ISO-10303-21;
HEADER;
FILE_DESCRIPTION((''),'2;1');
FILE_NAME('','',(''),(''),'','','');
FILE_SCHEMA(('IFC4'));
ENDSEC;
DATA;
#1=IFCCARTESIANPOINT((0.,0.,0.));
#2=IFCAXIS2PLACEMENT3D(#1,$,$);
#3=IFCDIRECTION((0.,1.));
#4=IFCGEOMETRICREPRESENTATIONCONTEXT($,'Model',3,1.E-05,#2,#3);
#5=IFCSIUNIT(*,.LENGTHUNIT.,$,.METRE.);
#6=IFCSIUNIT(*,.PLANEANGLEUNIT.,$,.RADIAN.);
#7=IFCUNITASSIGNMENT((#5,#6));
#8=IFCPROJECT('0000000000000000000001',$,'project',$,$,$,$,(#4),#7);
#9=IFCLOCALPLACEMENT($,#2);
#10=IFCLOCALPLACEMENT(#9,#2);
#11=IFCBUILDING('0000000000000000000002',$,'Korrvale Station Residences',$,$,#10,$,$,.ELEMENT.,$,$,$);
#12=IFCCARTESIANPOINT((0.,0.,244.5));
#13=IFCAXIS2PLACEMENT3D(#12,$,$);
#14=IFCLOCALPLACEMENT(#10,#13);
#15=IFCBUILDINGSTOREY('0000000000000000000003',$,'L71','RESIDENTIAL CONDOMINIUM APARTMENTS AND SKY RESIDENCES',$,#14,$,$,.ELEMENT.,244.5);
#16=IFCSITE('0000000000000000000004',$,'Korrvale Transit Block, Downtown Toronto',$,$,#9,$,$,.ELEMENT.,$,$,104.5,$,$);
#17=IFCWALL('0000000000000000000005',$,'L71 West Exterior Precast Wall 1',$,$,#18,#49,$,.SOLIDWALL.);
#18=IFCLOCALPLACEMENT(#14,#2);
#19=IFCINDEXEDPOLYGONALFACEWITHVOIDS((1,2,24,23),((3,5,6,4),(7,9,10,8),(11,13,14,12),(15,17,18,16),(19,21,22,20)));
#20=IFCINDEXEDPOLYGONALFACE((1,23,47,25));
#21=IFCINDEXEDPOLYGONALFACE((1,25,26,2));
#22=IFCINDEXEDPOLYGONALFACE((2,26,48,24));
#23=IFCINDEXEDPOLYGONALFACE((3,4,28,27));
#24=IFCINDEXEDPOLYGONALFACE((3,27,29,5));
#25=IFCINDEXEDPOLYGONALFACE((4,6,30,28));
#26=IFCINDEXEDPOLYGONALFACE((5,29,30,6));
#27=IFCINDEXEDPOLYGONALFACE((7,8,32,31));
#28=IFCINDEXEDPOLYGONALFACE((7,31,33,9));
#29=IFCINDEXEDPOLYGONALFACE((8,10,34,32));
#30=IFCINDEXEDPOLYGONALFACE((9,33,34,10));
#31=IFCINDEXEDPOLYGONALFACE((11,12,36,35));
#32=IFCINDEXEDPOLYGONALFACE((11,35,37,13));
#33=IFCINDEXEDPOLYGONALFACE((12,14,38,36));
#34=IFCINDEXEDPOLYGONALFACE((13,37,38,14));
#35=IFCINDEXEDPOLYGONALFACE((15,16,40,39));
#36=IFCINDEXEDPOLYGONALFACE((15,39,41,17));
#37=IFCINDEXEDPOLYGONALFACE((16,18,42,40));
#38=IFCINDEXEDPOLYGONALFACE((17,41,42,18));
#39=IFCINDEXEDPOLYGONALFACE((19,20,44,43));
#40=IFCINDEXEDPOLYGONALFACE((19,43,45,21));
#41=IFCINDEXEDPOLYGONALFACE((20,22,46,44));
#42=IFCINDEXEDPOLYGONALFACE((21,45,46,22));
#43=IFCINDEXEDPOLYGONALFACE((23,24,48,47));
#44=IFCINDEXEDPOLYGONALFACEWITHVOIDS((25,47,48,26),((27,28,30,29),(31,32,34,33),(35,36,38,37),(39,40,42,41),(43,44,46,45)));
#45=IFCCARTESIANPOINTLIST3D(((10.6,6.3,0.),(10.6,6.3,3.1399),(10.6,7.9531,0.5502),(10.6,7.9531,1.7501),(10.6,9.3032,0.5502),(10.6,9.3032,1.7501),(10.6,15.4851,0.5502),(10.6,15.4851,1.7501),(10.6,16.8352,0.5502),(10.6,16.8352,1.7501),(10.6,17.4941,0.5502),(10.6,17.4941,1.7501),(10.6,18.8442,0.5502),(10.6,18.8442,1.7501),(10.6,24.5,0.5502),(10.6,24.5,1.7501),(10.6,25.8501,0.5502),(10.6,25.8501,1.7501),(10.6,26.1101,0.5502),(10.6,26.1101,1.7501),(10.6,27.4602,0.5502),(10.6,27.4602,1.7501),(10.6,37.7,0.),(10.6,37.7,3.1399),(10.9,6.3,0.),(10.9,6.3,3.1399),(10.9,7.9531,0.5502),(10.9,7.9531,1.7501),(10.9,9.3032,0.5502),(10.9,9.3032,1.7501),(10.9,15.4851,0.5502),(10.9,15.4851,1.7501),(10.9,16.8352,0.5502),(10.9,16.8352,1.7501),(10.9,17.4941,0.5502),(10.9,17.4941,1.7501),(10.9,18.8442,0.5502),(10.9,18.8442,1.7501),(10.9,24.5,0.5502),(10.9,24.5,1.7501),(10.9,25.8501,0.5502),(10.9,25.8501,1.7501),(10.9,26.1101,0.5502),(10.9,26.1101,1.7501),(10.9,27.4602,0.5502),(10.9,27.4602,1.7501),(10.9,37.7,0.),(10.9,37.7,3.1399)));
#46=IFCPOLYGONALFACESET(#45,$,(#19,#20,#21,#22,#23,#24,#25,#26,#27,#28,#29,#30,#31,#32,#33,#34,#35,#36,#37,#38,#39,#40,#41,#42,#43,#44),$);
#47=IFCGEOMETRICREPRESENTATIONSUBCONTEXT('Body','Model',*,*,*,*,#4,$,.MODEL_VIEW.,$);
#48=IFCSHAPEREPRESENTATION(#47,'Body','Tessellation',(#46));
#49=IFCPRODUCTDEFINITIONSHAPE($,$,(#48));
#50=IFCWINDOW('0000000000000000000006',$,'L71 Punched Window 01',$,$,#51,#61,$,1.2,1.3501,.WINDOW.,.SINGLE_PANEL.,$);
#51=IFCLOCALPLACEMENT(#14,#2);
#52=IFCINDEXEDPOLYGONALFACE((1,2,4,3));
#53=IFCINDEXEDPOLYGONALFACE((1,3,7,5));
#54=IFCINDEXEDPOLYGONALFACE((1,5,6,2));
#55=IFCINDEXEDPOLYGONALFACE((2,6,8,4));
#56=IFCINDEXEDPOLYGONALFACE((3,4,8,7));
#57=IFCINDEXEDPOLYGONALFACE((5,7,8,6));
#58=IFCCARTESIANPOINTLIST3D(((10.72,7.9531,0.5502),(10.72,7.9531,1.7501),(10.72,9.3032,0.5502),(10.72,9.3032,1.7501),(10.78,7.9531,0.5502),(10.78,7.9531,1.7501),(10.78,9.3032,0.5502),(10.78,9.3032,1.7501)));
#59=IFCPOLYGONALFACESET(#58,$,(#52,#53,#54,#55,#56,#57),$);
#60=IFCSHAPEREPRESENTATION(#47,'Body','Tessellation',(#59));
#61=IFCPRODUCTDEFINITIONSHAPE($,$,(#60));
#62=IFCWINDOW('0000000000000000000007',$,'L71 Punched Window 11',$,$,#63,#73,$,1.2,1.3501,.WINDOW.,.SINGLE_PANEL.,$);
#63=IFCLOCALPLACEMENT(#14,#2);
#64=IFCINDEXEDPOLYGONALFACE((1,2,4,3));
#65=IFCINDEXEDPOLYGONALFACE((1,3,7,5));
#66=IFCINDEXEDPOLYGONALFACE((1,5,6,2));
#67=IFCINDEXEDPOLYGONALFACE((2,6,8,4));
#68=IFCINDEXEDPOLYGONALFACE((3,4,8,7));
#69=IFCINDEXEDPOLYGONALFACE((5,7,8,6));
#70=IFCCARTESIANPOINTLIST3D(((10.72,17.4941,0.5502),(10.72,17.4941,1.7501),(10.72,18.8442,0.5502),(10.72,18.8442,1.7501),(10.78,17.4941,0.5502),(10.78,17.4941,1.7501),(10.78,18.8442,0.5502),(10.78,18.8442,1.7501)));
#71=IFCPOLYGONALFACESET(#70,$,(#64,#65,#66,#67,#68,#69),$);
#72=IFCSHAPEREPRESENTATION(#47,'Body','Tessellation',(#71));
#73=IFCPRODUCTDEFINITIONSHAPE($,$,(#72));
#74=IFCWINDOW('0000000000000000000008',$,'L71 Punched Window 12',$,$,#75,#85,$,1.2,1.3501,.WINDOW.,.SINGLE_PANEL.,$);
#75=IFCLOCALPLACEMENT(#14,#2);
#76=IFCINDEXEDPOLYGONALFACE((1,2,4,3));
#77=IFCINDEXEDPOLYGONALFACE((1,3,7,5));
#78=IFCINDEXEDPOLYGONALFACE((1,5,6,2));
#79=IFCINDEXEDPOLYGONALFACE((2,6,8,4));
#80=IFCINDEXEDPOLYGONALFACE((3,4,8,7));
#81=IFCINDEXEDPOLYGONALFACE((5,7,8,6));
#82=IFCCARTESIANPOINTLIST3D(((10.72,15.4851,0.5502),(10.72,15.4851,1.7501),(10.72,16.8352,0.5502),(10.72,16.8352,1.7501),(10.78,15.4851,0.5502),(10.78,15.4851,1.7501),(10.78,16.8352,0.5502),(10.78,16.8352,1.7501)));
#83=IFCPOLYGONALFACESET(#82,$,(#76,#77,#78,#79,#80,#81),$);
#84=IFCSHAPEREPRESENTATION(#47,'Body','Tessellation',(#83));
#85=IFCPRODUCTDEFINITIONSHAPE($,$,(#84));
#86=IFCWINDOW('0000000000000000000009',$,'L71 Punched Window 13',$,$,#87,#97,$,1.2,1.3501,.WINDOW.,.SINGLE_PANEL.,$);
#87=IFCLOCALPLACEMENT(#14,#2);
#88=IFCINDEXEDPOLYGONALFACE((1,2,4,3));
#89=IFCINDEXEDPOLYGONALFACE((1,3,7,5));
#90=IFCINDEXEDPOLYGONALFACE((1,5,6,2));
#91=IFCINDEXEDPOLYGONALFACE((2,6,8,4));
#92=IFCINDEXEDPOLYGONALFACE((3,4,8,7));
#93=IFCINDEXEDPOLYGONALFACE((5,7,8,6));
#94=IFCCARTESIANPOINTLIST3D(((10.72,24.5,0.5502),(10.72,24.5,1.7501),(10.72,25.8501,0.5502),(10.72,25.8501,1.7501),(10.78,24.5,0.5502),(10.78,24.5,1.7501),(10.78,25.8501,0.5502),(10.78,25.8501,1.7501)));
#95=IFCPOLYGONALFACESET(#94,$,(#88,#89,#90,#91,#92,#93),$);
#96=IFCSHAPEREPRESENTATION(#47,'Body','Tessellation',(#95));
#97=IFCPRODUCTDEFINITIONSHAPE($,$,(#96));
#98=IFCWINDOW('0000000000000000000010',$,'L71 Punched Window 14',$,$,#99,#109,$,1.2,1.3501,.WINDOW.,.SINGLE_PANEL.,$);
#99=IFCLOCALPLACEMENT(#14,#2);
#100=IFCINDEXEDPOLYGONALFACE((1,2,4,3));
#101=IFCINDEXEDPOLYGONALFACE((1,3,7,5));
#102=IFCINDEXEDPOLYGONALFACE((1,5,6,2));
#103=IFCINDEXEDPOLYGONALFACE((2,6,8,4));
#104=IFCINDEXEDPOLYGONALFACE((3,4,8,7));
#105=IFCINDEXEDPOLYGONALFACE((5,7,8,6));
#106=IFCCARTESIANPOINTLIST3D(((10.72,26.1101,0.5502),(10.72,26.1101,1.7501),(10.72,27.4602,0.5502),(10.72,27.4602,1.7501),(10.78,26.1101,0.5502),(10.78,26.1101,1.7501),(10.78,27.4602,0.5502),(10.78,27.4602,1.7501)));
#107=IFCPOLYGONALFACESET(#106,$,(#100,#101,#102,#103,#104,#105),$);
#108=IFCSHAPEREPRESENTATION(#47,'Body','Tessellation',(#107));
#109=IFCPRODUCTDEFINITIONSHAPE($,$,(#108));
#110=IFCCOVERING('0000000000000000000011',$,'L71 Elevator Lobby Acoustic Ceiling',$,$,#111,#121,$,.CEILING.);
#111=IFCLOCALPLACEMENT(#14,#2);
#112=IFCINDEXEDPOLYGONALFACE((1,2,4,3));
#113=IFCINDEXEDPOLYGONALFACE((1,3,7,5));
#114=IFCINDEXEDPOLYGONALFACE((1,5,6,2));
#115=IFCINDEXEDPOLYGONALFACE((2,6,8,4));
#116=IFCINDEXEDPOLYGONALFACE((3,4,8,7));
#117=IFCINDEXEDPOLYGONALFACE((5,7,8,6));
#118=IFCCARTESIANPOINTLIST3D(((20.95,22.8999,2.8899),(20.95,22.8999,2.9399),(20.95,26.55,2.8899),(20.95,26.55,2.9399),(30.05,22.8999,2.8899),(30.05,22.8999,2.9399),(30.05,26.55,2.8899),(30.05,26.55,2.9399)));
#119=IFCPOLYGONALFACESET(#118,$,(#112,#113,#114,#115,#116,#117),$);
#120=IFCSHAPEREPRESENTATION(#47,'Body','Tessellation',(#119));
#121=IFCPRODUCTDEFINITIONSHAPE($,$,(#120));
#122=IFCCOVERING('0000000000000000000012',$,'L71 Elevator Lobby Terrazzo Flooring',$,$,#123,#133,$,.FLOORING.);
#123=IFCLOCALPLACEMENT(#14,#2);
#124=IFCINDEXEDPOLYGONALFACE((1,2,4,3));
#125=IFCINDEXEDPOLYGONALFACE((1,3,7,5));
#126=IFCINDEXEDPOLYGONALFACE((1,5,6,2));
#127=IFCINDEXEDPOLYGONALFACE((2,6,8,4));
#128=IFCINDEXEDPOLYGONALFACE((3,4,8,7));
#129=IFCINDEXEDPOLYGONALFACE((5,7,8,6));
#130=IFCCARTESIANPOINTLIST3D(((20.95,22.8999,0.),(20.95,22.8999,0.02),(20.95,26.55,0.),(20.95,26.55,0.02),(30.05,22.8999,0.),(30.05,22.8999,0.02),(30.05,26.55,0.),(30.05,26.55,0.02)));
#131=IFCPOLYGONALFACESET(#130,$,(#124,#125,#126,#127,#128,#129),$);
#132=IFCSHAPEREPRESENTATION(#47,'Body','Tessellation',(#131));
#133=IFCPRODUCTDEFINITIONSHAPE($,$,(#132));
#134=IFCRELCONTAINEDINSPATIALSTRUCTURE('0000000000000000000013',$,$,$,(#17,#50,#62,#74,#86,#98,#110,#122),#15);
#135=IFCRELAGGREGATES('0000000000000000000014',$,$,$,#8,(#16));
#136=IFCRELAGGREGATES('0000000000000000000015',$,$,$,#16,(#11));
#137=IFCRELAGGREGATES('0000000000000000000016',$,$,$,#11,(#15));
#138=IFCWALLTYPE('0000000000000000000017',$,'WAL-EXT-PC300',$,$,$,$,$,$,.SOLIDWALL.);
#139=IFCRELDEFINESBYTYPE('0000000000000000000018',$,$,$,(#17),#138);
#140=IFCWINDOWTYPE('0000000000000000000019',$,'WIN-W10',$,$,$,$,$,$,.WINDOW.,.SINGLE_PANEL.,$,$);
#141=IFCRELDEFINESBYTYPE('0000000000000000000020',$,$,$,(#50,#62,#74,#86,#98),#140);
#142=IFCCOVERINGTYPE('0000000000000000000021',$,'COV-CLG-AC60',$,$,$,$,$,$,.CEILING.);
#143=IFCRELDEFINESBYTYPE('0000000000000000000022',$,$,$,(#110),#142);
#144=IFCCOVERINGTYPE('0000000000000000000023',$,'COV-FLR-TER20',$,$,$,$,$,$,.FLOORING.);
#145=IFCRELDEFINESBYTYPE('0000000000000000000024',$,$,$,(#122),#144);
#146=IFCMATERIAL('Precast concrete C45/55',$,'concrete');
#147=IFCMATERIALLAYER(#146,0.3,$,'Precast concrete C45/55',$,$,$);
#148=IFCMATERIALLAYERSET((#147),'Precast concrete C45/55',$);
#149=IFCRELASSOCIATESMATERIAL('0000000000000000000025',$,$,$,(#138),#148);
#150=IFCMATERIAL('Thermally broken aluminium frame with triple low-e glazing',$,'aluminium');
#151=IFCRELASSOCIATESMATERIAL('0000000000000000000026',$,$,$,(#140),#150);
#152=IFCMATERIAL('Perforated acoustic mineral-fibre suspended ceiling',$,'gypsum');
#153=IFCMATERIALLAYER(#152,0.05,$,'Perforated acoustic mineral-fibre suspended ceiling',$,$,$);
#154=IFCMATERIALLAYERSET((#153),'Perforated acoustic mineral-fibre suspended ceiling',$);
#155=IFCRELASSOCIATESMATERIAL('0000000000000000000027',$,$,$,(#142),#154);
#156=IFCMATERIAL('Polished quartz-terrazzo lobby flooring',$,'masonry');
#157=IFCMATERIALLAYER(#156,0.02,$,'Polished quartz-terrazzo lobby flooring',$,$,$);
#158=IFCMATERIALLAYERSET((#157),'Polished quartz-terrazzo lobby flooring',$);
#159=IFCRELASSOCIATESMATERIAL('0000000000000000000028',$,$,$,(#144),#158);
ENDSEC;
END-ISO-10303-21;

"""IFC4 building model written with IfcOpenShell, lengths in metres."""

from ifc_helpers import new_model, si_unit, direction, frame, frame_2d, origin, place, context, subcontext, project, spatial, polyline, rectangle, outline, extrude, material, layer, layer_set, type_object, element, fill, save


model = new_model("IFC4")

# Units and contexts
model_context = context("Model", 3, precision=1e-05, world=origin(), true_north=direction((0.0, 1.0)))
body_context = subcontext(model_context, "Body", "Model", "MODEL_VIEW")
ifc_project = project(units=[si_unit("LENGTHUNIT", "METRE"), si_unit("PLANEANGLEUNIT", "RADIAN")], contexts=[model_context])

# Site, building, storey
site_placement = place(None, origin())
site = spatial("IfcSite", under=ifc_project, at=site_placement, Name="Korrvale Transit Block, Downtown Toronto", CompositionType="ELEMENT", RefElevation=104.5)
building_placement = place(site_placement, origin())
building = spatial("IfcBuilding", under=site, at=building_placement, Name="Korrvale Station Residences", CompositionType="ELEMENT")
storey_placement = place(building_placement, frame((0.0, 0.0, 244.5)))
storey = spatial("IfcBuildingStorey", under=building, at=storey_placement, Name="L71", Description="RESIDENTIAL CONDOMINIUM APARTMENTS AND SKY RESIDENCES", CompositionType="ELEMENT", Elevation=244.5)

# Shared definitions
ifc_material_1 = material(Name="Precast concrete C45/55", Category="concrete")

# Wall, openings, windows
ifc_layer_1 = layer(ifc_material_1, 0.3, Name="Precast concrete C45/55")
ifc_layer_set_1 = layer_set([ifc_layer_1], Name="Precast concrete C45/55")
wall_type_1 = type_object("IfcWallType", Name="WAL-EXT-PC300", PredefinedType="SOLIDWALL", material=ifc_layer_set_1)
wall_1_placement = place(storey_placement, frame((10.75, 6.3, 0.0), z_axis=(0.0, 0.0, 1.0), x_axis=(0.0, 1.0, 0.0)))
wall_1 = element("IfcWall", 1, at=wall_1_placement, inside=storey, type_object=wall_type_1, Name="L71 West Exterior Precast Wall 1", PredefinedType="SOLIDWALL", context=body_context, shape_type="SweptSolid", body=[
    extrude(rectangle(XDim=31.3999, YDim=0.3, at=frame_2d((15.7, 0.0))), origin(), (0.0, 0.0, 1.0), 3.1399),
])
opening_1_placement = place(wall_1_placement, frame((1.6531, 0.0, 0.55)))
opening_1 = element("IfcOpeningElement", 2, at=opening_1_placement, cuts=wall_1, PredefinedType="OPENING", context=body_context, shape_type="SweptSolid", body=[
    extrude(rectangle(XDim=1.3501, YDim=1.2, at=frame_2d((0.675, 0.6001))), frame((0.0, 0.1602, 0.0), z_axis=(0.0, -1.0, 0.0), x_axis=(1.0, 0.0, 0.0)), (0.0, 0.0, 1.0), 0.3201),
])
opening_2_placement = place(wall_1_placement, frame((11.1941, 0.0, 0.55)))
opening_2 = element("IfcOpeningElement", 3, at=opening_2_placement, cuts=wall_1, PredefinedType="OPENING", context=body_context, shape_type="SweptSolid", body=[
    extrude(rectangle(XDim=1.3501, YDim=1.2, at=frame_2d((0.675, 0.6001))), frame((0.0, 0.1602, 0.0), z_axis=(0.0, -1.0, 0.0), x_axis=(1.0, 0.0, 0.0)), (0.0, 0.0, 1.0), 0.3201),
])
opening_3_placement = place(wall_1_placement, frame((9.1851, 0.0, 0.55)))
opening_3 = element("IfcOpeningElement", 4, at=opening_3_placement, cuts=wall_1, PredefinedType="OPENING", context=body_context, shape_type="SweptSolid", body=[
    extrude(rectangle(XDim=1.3501, YDim=1.2, at=frame_2d((0.675, 0.6001))), frame((0.0, 0.1602, 0.0), z_axis=(0.0, -1.0, 0.0), x_axis=(1.0, 0.0, 0.0)), (0.0, 0.0, 1.0), 0.3201),
])
opening_4_placement = place(wall_1_placement, frame((18.2, 0.0, 0.55)))
opening_4 = element("IfcOpeningElement", 5, at=opening_4_placement, cuts=wall_1, PredefinedType="OPENING", context=body_context, shape_type="SweptSolid", body=[
    extrude(rectangle(XDim=1.3501, YDim=1.2, at=frame_2d((0.675, 0.6001))), frame((0.0, 0.1602, 0.0), z_axis=(0.0, -1.0, 0.0), x_axis=(1.0, 0.0, 0.0)), (0.0, 0.0, 1.0), 0.3201),
])
opening_5_placement = place(wall_1_placement, frame((19.8101, 0.0, 0.55)))
opening_5 = element("IfcOpeningElement", 6, at=opening_5_placement, cuts=wall_1, PredefinedType="OPENING", context=body_context, shape_type="SweptSolid", body=[
    extrude(rectangle(XDim=1.3501, YDim=1.2, at=frame_2d((0.675, 0.6001))), frame((0.0, 0.1602, 0.0), z_axis=(0.0, -1.0, 0.0), x_axis=(1.0, 0.0, 0.0)), (0.0, 0.0, 1.0), 0.3201),
])
ifc_material_2 = material(Name="Thermally broken aluminium frame with triple low-e glazing", Category="aluminium")
window_type = type_object("IfcWindowType", Name="WIN-W10", PartitioningType="SINGLE_PANEL", PredefinedType="WINDOW", material=ifc_material_2)
window_1_placement = place(opening_1_placement, origin())
window_1 = element("IfcWindow", 7, at=window_1_placement, inside=storey, type_object=window_type, Name="L71 Punched Window 01", OverallHeight=1.2, OverallWidth=1.3501, PartitioningType="SINGLE_PANEL", PredefinedType="WINDOW", context=body_context, shape_type="SweptSolid", body=[
    extrude(rectangle(XDim=1.3501, YDim=1.2, at=frame_2d((0.675, 0.6001))), frame((0.0, 0.03, 0.0), z_axis=(0.0, -1.0, 0.0), x_axis=(1.0, 0.0, 0.0)), (0.0, 0.0, 1.0), 0.0601),
])
fill(opening_1, window_1)
window_2_placement = place(opening_2_placement, origin())
window_2 = element("IfcWindow", 8, at=window_2_placement, inside=storey, type_object=window_type, Name="L71 Punched Window 11", OverallHeight=1.2, OverallWidth=1.3501, PartitioningType="SINGLE_PANEL", PredefinedType="WINDOW", context=body_context, shape_type="SweptSolid", body=[
    extrude(rectangle(XDim=1.3501, YDim=1.2, at=frame_2d((0.675, 0.6001))), frame((0.0, 0.03, 0.0), z_axis=(0.0, -1.0, 0.0), x_axis=(1.0, 0.0, 0.0)), (0.0, 0.0, 1.0), 0.0601),
])
fill(opening_2, window_2)
window_3_placement = place(opening_3_placement, origin())
window_3 = element("IfcWindow", 9, at=window_3_placement, inside=storey, type_object=window_type, Name="L71 Punched Window 12", OverallHeight=1.2, OverallWidth=1.3501, PartitioningType="SINGLE_PANEL", PredefinedType="WINDOW", context=body_context, shape_type="SweptSolid", body=[
    extrude(rectangle(XDim=1.3501, YDim=1.2, at=frame_2d((0.675, 0.6001))), frame((0.0, 0.03, 0.0), z_axis=(0.0, -1.0, 0.0), x_axis=(1.0, 0.0, 0.0)), (0.0, 0.0, 1.0), 0.0601),
])
fill(opening_3, window_3)
window_4_placement = place(opening_4_placement, origin())
window_4 = element("IfcWindow", 10, at=window_4_placement, inside=storey, type_object=window_type, Name="L71 Punched Window 13", OverallHeight=1.2, OverallWidth=1.3501, PartitioningType="SINGLE_PANEL", PredefinedType="WINDOW", context=body_context, shape_type="SweptSolid", body=[
    extrude(rectangle(XDim=1.3501, YDim=1.2, at=frame_2d((0.675, 0.6001))), frame((0.0, 0.03, 0.0), z_axis=(0.0, -1.0, 0.0), x_axis=(1.0, 0.0, 0.0)), (0.0, 0.0, 1.0), 0.0601),
])
fill(opening_4, window_4)
window_5_placement = place(opening_5_placement, origin())
window_5 = element("IfcWindow", 11, at=window_5_placement, inside=storey, type_object=window_type, Name="L71 Punched Window 14", OverallHeight=1.2, OverallWidth=1.3501, PartitioningType="SINGLE_PANEL", PredefinedType="WINDOW", context=body_context, shape_type="SweptSolid", body=[
    extrude(rectangle(XDim=1.3501, YDim=1.2, at=frame_2d((0.675, 0.6001))), frame((0.0, 0.03, 0.0), z_axis=(0.0, -1.0, 0.0), x_axis=(1.0, 0.0, 0.0)), (0.0, 0.0, 1.0), 0.0601),
])
fill(opening_5, window_5)

# Coverings
ifc_material_3 = material(Name="Perforated acoustic mineral-fibre suspended ceiling", Category="gypsum")
ifc_layer_2 = layer(ifc_material_3, 0.05, Name="Perforated acoustic mineral-fibre suspended ceiling")
ifc_layer_set_2 = layer_set([ifc_layer_2], Name="Perforated acoustic mineral-fibre suspended ceiling")
covering_type_1 = type_object("IfcCoveringType", Name="COV-CLG-AC60", PredefinedType="CEILING", material=ifc_layer_set_2)
covering_1_placement = place(storey_placement, frame((0.0, 0.0, 2.8899)))
element("IfcCovering", 12, at=covering_1_placement, inside=storey, type_object=covering_type_1, Name="L71 Elevator Lobby Acoustic Ceiling", PredefinedType="CEILING", context=body_context, shape_type="SweptSolid", body=[
    extrude(outline(polyline([(20.95, 22.8999), (30.05, 22.8999), (30.05, 26.55), (20.95, 26.55), (20.95, 22.8999)])), origin(), (0.0, 0.0, 1.0), 0.05),
])
ifc_material_4 = material(Name="Polished quartz-terrazzo lobby flooring", Category="masonry")
ifc_layer_3 = layer(ifc_material_4, 0.02, Name="Polished quartz-terrazzo lobby flooring")
ifc_layer_set_3 = layer_set([ifc_layer_3], Name="Polished quartz-terrazzo lobby flooring")
covering_type_2 = type_object("IfcCoveringType", Name="COV-FLR-TER20", PredefinedType="FLOORING", material=ifc_layer_set_3)
covering_2_placement = place(storey_placement, origin())
element("IfcCovering", 13, at=covering_2_placement, inside=storey, type_object=covering_type_2, Name="L71 Elevator Lobby Terrazzo Flooring", PredefinedType="FLOORING", context=body_context, shape_type="SweptSolid", body=[
    extrude(outline(polyline([(20.95, 22.8999), (30.05, 22.8999), (30.05, 26.55), (20.95, 26.55), (20.95, 22.8999)])), origin(), (0.0, 0.0, 1.0), 0.02),
])

save(model, "model.ifc")
